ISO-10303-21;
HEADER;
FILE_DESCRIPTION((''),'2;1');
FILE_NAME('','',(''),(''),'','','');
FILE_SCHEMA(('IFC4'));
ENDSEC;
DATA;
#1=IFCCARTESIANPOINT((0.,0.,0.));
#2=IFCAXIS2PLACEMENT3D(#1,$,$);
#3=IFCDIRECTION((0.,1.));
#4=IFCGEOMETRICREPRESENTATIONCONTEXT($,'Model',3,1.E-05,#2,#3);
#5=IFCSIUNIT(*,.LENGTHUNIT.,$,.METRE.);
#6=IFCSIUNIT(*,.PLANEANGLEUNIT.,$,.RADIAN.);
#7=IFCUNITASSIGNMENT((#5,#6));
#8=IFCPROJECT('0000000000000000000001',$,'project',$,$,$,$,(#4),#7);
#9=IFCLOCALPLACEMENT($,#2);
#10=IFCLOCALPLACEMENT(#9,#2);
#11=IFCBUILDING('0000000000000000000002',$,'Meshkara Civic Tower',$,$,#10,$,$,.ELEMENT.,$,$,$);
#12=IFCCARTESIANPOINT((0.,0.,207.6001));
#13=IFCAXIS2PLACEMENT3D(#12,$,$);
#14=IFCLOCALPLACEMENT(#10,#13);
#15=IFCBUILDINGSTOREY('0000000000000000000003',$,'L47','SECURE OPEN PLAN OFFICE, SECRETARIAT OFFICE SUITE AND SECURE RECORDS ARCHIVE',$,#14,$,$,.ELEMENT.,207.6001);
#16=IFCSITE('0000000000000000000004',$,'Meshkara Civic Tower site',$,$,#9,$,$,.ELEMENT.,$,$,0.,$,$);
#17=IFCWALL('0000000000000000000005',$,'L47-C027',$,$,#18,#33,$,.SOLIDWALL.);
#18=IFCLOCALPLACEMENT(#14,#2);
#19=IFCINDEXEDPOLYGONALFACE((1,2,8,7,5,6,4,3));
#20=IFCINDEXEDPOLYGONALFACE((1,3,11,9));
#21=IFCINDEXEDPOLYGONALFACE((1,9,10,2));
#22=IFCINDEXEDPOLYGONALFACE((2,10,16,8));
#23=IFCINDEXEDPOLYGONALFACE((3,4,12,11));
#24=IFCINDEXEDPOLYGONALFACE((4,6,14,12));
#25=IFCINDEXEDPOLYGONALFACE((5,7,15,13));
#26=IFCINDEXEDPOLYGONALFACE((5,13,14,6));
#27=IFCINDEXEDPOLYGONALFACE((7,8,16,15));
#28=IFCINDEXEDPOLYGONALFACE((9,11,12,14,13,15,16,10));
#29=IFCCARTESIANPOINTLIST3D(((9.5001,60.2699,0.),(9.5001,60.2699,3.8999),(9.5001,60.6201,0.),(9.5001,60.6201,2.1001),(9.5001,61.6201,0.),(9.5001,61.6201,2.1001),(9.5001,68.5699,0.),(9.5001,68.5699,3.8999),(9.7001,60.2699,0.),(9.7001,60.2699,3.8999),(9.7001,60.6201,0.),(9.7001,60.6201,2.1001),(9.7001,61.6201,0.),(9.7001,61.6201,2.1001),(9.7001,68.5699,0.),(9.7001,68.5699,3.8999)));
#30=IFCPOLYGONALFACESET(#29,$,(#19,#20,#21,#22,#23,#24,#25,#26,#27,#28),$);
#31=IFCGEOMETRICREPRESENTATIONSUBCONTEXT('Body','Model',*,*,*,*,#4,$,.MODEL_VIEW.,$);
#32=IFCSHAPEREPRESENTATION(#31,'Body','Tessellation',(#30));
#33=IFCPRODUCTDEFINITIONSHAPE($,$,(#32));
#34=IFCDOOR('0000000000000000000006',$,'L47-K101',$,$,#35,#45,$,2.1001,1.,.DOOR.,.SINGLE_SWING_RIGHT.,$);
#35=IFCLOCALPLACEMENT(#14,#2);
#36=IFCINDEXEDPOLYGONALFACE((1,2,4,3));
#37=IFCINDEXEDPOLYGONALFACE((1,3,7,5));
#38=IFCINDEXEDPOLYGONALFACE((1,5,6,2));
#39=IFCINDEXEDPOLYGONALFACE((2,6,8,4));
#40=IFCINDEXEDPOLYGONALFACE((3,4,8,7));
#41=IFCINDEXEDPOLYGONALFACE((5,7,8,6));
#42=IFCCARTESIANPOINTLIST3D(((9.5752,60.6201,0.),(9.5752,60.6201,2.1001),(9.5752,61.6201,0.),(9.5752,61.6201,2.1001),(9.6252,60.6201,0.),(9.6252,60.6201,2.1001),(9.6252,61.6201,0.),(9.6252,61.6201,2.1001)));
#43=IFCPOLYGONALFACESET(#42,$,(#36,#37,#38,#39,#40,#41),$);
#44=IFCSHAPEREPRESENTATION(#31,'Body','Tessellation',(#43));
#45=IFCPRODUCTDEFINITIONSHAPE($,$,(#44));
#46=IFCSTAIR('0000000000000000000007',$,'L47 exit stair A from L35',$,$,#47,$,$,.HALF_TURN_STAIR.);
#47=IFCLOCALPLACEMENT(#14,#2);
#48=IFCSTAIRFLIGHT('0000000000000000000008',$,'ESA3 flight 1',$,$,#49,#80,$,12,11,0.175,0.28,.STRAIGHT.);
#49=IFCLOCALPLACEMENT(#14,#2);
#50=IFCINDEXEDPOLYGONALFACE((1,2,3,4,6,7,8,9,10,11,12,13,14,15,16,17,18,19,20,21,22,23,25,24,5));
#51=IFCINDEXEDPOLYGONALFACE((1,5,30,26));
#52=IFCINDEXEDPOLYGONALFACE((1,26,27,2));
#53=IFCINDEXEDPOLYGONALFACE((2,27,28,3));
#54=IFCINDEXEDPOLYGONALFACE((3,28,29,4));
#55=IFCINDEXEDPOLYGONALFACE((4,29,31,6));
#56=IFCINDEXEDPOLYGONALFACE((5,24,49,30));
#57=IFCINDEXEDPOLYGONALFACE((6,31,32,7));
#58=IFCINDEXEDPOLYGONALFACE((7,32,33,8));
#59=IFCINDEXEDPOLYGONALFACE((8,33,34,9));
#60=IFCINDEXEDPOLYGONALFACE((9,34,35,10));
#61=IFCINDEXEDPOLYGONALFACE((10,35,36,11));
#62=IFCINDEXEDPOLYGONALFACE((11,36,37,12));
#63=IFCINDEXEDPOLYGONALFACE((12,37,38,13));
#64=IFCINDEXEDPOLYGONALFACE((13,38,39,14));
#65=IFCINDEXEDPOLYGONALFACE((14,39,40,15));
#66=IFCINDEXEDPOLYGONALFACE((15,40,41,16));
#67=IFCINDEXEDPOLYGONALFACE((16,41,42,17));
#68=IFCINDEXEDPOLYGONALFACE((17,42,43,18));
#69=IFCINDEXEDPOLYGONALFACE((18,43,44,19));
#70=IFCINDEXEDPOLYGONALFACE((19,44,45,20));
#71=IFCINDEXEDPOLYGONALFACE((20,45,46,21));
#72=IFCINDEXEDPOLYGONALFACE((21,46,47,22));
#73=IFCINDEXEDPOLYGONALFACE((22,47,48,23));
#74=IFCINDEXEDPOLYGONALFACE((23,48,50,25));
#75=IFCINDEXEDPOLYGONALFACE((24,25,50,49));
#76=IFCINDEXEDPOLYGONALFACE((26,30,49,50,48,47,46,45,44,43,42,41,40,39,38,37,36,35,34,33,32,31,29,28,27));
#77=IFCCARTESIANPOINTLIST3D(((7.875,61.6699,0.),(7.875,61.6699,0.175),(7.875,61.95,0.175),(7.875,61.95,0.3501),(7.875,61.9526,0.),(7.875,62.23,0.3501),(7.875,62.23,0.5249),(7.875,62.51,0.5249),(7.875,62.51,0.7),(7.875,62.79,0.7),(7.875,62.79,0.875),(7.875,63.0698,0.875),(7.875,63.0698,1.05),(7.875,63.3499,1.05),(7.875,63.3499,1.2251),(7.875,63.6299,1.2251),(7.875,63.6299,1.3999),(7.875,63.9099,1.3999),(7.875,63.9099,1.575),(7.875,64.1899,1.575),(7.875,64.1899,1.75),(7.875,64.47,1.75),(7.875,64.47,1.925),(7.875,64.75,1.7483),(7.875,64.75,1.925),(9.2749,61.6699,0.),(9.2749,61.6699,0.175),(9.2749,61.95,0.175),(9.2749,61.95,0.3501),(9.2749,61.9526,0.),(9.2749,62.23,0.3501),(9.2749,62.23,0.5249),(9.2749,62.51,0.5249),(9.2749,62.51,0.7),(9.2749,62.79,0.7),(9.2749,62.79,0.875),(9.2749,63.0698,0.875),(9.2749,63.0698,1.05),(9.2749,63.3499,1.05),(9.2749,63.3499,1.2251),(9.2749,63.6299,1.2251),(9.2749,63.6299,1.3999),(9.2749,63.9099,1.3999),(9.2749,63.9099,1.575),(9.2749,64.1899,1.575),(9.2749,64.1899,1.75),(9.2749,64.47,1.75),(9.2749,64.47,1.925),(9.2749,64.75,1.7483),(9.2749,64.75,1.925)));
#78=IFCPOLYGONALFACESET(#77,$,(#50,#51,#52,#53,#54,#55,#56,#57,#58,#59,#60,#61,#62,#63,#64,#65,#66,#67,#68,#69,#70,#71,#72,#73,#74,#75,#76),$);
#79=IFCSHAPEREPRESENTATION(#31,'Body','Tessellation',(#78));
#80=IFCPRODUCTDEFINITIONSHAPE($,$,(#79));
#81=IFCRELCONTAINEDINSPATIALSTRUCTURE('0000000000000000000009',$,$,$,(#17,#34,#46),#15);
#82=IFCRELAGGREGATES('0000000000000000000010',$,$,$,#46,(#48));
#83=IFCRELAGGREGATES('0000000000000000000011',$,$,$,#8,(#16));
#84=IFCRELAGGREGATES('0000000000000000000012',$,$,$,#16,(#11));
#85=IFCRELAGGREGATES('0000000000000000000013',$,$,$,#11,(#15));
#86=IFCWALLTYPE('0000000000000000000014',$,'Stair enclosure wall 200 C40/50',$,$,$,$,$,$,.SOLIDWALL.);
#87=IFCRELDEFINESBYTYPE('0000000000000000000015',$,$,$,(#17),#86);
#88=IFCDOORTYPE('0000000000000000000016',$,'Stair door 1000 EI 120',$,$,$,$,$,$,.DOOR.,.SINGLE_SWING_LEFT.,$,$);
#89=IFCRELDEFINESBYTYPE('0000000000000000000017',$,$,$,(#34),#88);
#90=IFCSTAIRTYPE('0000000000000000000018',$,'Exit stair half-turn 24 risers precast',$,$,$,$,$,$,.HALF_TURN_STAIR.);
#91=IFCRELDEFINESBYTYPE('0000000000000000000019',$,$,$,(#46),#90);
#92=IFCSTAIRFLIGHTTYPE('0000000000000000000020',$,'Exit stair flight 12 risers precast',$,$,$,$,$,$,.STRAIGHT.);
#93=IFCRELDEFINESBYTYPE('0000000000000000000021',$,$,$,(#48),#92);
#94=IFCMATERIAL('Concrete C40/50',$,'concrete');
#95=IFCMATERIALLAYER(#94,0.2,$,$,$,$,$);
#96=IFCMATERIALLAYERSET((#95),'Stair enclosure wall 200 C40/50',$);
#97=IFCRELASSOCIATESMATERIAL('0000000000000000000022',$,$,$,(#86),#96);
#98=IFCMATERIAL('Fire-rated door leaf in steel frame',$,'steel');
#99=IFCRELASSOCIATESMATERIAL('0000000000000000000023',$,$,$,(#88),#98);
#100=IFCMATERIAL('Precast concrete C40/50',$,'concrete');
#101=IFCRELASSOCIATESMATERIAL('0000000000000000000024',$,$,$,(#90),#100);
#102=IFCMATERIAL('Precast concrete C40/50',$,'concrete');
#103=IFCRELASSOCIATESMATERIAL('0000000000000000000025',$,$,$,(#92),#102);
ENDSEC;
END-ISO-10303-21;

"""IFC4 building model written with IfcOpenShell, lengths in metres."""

from ifc_helpers import new_model, si_unit, direction, frame, frame_2d, origin, place, context, subcontext, project, spatial, polyline, rectangle, outline, extrude, material, layer, layer_set, type_object, element, fill, aggregate, save


model = new_model("IFC4")

# Units and contexts
model_context = context("Model", 3, precision=1e-05, world=origin(), true_north=direction((0.0, 1.0)))
body_context = subcontext(model_context, "Body", "Model", "MODEL_VIEW")
ifc_project = project(units=[si_unit("LENGTHUNIT", "METRE"), si_unit("PLANEANGLEUNIT", "RADIAN")], contexts=[model_context])

# Site, building, storey
site_placement = place(None, origin())
site = spatial("IfcSite", under=ifc_project, at=site_placement, Name="Meshkara Civic Tower site", CompositionType="ELEMENT", RefElevation=0.0)
building_placement = place(site_placement, origin())
building = spatial("IfcBuilding", under=site, at=building_placement, Name="Meshkara Civic Tower", CompositionType="ELEMENT")
storey_placement = place(building_placement, frame((0.0, 0.0, 207.6001)))
storey = spatial("IfcBuildingStorey", under=building, at=storey_placement, Name="L47", Description="SECURE OPEN PLAN OFFICE, SECRETARIAT OFFICE SUITE AND SECURE RECORDS ARCHIVE", CompositionType="ELEMENT", Elevation=207.6001)

# Wall, opening, door
ifc_material_1 = material(Name="Concrete C40/50", Category="concrete")
ifc_layer_1 = layer(ifc_material_1, 0.2)
ifc_layer_set_1 = layer_set([ifc_layer_1], Name="Stair enclosure wall 200 C40/50")
wall_type_1 = type_object("IfcWallType", Name="Stair enclosure wall 200 C40/50", PredefinedType="SOLIDWALL", material=ifc_layer_set_1)
wall_1_placement = place(storey_placement, frame((9.6001, 60.27, 0.0), z_axis=(0.0, 0.0, 1.0), x_axis=(0.0, 1.0, 0.0)))
wall_1 = element("IfcWall", 1, at=wall_1_placement, inside=storey, type_object=wall_type_1, Name="L47-C027", PredefinedType="SOLIDWALL", context=body_context, shape_type="SweptSolid", body=[
    extrude(rectangle(XDim=8.3, YDim=0.2, at=frame_2d((4.1499, 0.0))), origin(), (0.0, 0.0, 1.0), 3.8999),
])
opening_1_placement = place(wall_1_placement, frame((0.3501, 0.0, 0.0)))
opening_1 = element("IfcOpeningElement", 2, at=opening_1_placement, cuts=wall_1, PredefinedType="OPENING", context=body_context, shape_type="SweptSolid", body=[
    extrude(rectangle(XDim=1.0, YDim=2.1001, at=frame_2d((0.5, 1.05))), frame((0.0, 0.1099, 0.0), z_axis=(0.0, -1.0, 0.0), x_axis=(1.0, 0.0, 0.0)), (0.0, 0.0, 1.0), 0.22),
])
ifc_material_2 = material(Name="Fire-rated door leaf in steel frame", Category="steel")
door_type_1 = type_object("IfcDoorType", Name="Stair door 1000 EI 120", OperationType="SINGLE_SWING_LEFT", PredefinedType="DOOR", material=ifc_material_2)
door_1_placement = place(opening_1_placement, origin())
door_1 = element("IfcDoor", 3, at=door_1_placement, inside=storey, type_object=door_type_1, Name="L47-K101", OperationType="SINGLE_SWING_RIGHT", OverallHeight=2.1001, OverallWidth=1.0, PredefinedType="DOOR", context=body_context, shape_type="SweptSolid", body=[
    extrude(rectangle(XDim=1.0, YDim=2.1001, at=frame_2d((0.5, 1.05))), frame((0.0, 0.0249, 0.0), z_axis=(0.0, -1.0, 0.0), x_axis=(1.0, 0.0, 0.0)), (0.0, 0.0, 1.0), 0.05),
])
fill(opening_1, door_1)

# Stair, stair flight
ifc_material_3 = material(Name="Precast concrete C40/50", Category="concrete")
stair_type = type_object("IfcStairType", Name="Exit stair half-turn 24 risers precast", PredefinedType="HALF_TURN_STAIR", material=ifc_material_3)
stair_placement = place(storey_placement, origin())
stair = element("IfcStair", 4, at=stair_placement, inside=storey, type_object=stair_type, Name="L47 exit stair A from L35", PredefinedType="HALF_TURN_STAIR")
ifc_material_4 = material(Name="Precast concrete C40/50", Category="concrete")
stair_flight_type = type_object("IfcStairFlightType", Name="Exit stair flight 12 risers precast", PredefinedType="STRAIGHT", material=ifc_material_4)
stair_flight_placement = place(storey_placement, frame((8.575, 61.6699, 0.0), z_axis=(0.0, 0.0, 1.0), x_axis=(0.0, 1.0, 0.0)))
stair_flight = element("IfcStairFlight", 5, at=stair_flight_placement, type_object=stair_flight_type, Name="ESA3 flight 1", NumberOfRisers=12, NumberOfTreads=11, PredefinedType="STRAIGHT", RiserHeight=0.175, TreadLength=0.28, context=body_context, shape_type="SweptSolid", body=[
    extrude(outline(polyline([(0.0, 0.0), (0.0, 0.175), (0.28, 0.175), (0.28, 0.3501), (0.5601, 0.3501), (0.5601, 0.5249), (0.8401, 0.5249), (0.8401, 0.7), (1.1201, 0.7), (1.1201, 0.875), (1.3999, 0.875), (1.3999, 1.05), (1.6799, 1.05), (1.6799, 1.2251), (1.96, 1.2251), (1.96, 1.3999), (2.24, 1.3999), (2.24, 1.575), (2.52, 1.575), (2.52, 1.75), (2.8, 1.75), (2.8, 1.925), (3.0801, 1.925), (3.0801, 2.1001), (3.0801, 1.7483), (0.2827, 0.0), (0.0, 0.0)])), frame((0.0, 0.7, 0.0), z_axis=(0.0, -1.0, 0.0), x_axis=(1.0, 0.0, 0.0)), (0.0, 0.0, 1.0), 1.3999),
])
aggregate(stair, [stair_flight])

save(model, "model.ifc")
